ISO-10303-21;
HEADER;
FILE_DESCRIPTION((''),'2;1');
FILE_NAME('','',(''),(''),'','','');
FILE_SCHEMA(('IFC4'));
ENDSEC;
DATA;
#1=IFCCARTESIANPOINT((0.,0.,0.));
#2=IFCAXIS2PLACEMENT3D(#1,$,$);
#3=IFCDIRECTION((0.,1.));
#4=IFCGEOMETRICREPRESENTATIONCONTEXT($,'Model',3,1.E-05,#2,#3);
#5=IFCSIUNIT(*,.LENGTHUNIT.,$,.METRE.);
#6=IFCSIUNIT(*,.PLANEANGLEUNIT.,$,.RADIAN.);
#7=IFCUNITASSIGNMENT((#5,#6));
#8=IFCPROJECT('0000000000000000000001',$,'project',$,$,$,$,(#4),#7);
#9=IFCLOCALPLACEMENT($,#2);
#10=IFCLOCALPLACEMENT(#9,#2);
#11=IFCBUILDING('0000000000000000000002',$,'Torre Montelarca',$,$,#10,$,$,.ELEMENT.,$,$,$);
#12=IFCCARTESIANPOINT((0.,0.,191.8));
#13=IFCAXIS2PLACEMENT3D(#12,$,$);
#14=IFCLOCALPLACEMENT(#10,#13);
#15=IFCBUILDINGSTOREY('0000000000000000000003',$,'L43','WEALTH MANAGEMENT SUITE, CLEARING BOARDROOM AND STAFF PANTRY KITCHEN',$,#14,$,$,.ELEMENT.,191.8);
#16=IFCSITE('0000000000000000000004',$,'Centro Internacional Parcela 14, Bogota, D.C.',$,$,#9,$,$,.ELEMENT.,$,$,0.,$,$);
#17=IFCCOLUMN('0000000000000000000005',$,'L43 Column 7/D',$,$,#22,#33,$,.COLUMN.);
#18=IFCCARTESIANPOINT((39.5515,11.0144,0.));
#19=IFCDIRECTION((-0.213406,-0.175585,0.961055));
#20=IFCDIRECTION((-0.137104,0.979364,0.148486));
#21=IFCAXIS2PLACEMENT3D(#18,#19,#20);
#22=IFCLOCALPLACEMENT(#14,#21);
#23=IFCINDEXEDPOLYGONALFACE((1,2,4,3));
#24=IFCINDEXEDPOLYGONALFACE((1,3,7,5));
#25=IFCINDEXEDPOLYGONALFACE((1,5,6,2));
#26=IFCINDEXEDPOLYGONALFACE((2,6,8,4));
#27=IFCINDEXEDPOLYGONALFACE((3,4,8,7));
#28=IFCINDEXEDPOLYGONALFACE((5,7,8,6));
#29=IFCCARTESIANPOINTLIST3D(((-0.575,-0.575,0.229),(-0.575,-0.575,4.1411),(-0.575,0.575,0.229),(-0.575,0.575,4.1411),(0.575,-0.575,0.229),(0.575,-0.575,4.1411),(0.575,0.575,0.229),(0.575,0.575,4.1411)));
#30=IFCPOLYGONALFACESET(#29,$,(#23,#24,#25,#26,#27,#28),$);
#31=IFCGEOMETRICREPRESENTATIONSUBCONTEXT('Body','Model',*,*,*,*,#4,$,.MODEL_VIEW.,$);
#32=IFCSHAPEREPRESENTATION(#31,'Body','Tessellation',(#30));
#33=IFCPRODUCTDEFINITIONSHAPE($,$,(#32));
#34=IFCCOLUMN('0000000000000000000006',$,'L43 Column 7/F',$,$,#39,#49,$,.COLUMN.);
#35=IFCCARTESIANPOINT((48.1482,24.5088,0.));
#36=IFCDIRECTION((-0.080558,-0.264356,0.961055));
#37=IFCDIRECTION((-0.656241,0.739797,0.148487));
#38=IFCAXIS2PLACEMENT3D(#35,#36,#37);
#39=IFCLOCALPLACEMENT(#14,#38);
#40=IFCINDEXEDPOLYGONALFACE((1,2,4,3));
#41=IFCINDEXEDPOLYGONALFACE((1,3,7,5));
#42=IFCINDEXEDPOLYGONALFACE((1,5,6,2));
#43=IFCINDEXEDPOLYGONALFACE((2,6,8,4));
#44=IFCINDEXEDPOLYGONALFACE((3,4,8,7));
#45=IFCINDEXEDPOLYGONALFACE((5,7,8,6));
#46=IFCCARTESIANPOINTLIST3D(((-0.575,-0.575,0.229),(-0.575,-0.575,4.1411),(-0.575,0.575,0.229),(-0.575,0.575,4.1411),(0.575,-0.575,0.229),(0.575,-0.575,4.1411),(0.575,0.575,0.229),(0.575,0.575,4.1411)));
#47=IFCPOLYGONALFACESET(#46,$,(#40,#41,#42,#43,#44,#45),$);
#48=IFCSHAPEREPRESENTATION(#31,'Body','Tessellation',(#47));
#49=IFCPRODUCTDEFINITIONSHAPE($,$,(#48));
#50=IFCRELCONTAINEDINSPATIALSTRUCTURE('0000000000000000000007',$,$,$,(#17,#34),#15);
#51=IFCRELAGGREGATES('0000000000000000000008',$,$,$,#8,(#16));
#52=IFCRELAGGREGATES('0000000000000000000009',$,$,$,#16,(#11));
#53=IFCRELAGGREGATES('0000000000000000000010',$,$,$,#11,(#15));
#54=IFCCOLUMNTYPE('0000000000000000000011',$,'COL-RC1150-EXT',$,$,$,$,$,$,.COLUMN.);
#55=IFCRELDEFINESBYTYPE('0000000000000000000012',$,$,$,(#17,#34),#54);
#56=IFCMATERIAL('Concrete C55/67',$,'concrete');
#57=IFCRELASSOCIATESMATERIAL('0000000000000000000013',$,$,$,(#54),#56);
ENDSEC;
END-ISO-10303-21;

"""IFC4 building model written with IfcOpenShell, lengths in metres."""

from ifc_helpers import new_model, si_unit, direction, frame, origin, origin_2d, place, context, subcontext, project, spatial, rectangle, extrude, clip, halfspace, material, material_profile, profile_set, type_object, element, save


model = new_model("IFC4")

# Units and contexts
model_context = context("Model", 3, precision=1e-05, world=origin(), true_north=direction((0.0, 1.0)))
body_context = subcontext(model_context, "Body", "Model", "MODEL_VIEW")
ifc_project = project(units=[si_unit("LENGTHUNIT", "METRE"), si_unit("PLANEANGLEUNIT", "RADIAN")], contexts=[model_context])

# Site, building, storey
site_placement = place(None, origin())
site = spatial("IfcSite", under=ifc_project, at=site_placement, Name="Centro Internacional Parcela 14, Bogota, D.C.", CompositionType="ELEMENT", RefElevation=0.0)
building_placement = place(site_placement, origin())
building = spatial("IfcBuilding", under=site, at=building_placement, Name="Torre Montelarca", CompositionType="ELEMENT")
storey_placement = place(building_placement, frame((0.0, 0.0, 191.8)))
storey = spatial("IfcBuildingStorey", under=building, at=storey_placement, Name="L43", Description="WEALTH MANAGEMENT SUITE, CLEARING BOARDROOM AND STAFF PANTRY KITCHEN", CompositionType="ELEMENT", Elevation=191.8)

# Columns
ifc_material_1 = material(Name="Concrete C55/67", Category="concrete")
ifc_material_profile_1 = material_profile(ifc_material_1, rectangle(XDim=1.1499, YDim=1.1499, at=origin_2d()), Name="RC1150X1150", Category="concrete")
ifc_profile_set_1 = profile_set([ifc_material_profile_1], Name="Concrete C55/67")
column_type_1 = type_object("IfcColumnType", Name="COL-RC1150-EXT", PredefinedType="COLUMN", material=ifc_profile_set_1)
for number, where, z_axis, x_axis, name in (
    (1, (39.5515, 11.0144, 0.0), (-0.213406, -0.175585, 0.961055), (-0.137104, 0.979364, 0.148486), "L43 Column 7/D"),
    (2, (48.1482, 24.5088, 0.0), (-0.080558, -0.264356, 0.961055), (-0.656241, 0.739797, 0.148487), "L43 Column 7/F"),
):
    element("IfcColumn", number, at=place(storey_placement, frame(where, z_axis=z_axis, x_axis=x_axis)), inside=storey, type_object=column_type_1, Name=name, PredefinedType="COLUMN", context=body_context, shape_type="Clipping", body=[
        clip(clip(extrude(rectangle(XDim=1.1499, YDim=1.1499, at=origin_2d()), origin(), (0.0, 0.0, 1.0), 4.3701), halfspace(frame((0.0, 0.0, 0.229), z_axis=(0.0, 0.0, -1.0), x_axis=(1.0, 0.0, 0.0)), False)), halfspace(frame((0.0, 0.0, 4.1411), z_axis=(0.0, 0.0, 1.0), x_axis=(1.0, 0.0, 0.0)), False)),
    ])

save(model, "model.ifc")
